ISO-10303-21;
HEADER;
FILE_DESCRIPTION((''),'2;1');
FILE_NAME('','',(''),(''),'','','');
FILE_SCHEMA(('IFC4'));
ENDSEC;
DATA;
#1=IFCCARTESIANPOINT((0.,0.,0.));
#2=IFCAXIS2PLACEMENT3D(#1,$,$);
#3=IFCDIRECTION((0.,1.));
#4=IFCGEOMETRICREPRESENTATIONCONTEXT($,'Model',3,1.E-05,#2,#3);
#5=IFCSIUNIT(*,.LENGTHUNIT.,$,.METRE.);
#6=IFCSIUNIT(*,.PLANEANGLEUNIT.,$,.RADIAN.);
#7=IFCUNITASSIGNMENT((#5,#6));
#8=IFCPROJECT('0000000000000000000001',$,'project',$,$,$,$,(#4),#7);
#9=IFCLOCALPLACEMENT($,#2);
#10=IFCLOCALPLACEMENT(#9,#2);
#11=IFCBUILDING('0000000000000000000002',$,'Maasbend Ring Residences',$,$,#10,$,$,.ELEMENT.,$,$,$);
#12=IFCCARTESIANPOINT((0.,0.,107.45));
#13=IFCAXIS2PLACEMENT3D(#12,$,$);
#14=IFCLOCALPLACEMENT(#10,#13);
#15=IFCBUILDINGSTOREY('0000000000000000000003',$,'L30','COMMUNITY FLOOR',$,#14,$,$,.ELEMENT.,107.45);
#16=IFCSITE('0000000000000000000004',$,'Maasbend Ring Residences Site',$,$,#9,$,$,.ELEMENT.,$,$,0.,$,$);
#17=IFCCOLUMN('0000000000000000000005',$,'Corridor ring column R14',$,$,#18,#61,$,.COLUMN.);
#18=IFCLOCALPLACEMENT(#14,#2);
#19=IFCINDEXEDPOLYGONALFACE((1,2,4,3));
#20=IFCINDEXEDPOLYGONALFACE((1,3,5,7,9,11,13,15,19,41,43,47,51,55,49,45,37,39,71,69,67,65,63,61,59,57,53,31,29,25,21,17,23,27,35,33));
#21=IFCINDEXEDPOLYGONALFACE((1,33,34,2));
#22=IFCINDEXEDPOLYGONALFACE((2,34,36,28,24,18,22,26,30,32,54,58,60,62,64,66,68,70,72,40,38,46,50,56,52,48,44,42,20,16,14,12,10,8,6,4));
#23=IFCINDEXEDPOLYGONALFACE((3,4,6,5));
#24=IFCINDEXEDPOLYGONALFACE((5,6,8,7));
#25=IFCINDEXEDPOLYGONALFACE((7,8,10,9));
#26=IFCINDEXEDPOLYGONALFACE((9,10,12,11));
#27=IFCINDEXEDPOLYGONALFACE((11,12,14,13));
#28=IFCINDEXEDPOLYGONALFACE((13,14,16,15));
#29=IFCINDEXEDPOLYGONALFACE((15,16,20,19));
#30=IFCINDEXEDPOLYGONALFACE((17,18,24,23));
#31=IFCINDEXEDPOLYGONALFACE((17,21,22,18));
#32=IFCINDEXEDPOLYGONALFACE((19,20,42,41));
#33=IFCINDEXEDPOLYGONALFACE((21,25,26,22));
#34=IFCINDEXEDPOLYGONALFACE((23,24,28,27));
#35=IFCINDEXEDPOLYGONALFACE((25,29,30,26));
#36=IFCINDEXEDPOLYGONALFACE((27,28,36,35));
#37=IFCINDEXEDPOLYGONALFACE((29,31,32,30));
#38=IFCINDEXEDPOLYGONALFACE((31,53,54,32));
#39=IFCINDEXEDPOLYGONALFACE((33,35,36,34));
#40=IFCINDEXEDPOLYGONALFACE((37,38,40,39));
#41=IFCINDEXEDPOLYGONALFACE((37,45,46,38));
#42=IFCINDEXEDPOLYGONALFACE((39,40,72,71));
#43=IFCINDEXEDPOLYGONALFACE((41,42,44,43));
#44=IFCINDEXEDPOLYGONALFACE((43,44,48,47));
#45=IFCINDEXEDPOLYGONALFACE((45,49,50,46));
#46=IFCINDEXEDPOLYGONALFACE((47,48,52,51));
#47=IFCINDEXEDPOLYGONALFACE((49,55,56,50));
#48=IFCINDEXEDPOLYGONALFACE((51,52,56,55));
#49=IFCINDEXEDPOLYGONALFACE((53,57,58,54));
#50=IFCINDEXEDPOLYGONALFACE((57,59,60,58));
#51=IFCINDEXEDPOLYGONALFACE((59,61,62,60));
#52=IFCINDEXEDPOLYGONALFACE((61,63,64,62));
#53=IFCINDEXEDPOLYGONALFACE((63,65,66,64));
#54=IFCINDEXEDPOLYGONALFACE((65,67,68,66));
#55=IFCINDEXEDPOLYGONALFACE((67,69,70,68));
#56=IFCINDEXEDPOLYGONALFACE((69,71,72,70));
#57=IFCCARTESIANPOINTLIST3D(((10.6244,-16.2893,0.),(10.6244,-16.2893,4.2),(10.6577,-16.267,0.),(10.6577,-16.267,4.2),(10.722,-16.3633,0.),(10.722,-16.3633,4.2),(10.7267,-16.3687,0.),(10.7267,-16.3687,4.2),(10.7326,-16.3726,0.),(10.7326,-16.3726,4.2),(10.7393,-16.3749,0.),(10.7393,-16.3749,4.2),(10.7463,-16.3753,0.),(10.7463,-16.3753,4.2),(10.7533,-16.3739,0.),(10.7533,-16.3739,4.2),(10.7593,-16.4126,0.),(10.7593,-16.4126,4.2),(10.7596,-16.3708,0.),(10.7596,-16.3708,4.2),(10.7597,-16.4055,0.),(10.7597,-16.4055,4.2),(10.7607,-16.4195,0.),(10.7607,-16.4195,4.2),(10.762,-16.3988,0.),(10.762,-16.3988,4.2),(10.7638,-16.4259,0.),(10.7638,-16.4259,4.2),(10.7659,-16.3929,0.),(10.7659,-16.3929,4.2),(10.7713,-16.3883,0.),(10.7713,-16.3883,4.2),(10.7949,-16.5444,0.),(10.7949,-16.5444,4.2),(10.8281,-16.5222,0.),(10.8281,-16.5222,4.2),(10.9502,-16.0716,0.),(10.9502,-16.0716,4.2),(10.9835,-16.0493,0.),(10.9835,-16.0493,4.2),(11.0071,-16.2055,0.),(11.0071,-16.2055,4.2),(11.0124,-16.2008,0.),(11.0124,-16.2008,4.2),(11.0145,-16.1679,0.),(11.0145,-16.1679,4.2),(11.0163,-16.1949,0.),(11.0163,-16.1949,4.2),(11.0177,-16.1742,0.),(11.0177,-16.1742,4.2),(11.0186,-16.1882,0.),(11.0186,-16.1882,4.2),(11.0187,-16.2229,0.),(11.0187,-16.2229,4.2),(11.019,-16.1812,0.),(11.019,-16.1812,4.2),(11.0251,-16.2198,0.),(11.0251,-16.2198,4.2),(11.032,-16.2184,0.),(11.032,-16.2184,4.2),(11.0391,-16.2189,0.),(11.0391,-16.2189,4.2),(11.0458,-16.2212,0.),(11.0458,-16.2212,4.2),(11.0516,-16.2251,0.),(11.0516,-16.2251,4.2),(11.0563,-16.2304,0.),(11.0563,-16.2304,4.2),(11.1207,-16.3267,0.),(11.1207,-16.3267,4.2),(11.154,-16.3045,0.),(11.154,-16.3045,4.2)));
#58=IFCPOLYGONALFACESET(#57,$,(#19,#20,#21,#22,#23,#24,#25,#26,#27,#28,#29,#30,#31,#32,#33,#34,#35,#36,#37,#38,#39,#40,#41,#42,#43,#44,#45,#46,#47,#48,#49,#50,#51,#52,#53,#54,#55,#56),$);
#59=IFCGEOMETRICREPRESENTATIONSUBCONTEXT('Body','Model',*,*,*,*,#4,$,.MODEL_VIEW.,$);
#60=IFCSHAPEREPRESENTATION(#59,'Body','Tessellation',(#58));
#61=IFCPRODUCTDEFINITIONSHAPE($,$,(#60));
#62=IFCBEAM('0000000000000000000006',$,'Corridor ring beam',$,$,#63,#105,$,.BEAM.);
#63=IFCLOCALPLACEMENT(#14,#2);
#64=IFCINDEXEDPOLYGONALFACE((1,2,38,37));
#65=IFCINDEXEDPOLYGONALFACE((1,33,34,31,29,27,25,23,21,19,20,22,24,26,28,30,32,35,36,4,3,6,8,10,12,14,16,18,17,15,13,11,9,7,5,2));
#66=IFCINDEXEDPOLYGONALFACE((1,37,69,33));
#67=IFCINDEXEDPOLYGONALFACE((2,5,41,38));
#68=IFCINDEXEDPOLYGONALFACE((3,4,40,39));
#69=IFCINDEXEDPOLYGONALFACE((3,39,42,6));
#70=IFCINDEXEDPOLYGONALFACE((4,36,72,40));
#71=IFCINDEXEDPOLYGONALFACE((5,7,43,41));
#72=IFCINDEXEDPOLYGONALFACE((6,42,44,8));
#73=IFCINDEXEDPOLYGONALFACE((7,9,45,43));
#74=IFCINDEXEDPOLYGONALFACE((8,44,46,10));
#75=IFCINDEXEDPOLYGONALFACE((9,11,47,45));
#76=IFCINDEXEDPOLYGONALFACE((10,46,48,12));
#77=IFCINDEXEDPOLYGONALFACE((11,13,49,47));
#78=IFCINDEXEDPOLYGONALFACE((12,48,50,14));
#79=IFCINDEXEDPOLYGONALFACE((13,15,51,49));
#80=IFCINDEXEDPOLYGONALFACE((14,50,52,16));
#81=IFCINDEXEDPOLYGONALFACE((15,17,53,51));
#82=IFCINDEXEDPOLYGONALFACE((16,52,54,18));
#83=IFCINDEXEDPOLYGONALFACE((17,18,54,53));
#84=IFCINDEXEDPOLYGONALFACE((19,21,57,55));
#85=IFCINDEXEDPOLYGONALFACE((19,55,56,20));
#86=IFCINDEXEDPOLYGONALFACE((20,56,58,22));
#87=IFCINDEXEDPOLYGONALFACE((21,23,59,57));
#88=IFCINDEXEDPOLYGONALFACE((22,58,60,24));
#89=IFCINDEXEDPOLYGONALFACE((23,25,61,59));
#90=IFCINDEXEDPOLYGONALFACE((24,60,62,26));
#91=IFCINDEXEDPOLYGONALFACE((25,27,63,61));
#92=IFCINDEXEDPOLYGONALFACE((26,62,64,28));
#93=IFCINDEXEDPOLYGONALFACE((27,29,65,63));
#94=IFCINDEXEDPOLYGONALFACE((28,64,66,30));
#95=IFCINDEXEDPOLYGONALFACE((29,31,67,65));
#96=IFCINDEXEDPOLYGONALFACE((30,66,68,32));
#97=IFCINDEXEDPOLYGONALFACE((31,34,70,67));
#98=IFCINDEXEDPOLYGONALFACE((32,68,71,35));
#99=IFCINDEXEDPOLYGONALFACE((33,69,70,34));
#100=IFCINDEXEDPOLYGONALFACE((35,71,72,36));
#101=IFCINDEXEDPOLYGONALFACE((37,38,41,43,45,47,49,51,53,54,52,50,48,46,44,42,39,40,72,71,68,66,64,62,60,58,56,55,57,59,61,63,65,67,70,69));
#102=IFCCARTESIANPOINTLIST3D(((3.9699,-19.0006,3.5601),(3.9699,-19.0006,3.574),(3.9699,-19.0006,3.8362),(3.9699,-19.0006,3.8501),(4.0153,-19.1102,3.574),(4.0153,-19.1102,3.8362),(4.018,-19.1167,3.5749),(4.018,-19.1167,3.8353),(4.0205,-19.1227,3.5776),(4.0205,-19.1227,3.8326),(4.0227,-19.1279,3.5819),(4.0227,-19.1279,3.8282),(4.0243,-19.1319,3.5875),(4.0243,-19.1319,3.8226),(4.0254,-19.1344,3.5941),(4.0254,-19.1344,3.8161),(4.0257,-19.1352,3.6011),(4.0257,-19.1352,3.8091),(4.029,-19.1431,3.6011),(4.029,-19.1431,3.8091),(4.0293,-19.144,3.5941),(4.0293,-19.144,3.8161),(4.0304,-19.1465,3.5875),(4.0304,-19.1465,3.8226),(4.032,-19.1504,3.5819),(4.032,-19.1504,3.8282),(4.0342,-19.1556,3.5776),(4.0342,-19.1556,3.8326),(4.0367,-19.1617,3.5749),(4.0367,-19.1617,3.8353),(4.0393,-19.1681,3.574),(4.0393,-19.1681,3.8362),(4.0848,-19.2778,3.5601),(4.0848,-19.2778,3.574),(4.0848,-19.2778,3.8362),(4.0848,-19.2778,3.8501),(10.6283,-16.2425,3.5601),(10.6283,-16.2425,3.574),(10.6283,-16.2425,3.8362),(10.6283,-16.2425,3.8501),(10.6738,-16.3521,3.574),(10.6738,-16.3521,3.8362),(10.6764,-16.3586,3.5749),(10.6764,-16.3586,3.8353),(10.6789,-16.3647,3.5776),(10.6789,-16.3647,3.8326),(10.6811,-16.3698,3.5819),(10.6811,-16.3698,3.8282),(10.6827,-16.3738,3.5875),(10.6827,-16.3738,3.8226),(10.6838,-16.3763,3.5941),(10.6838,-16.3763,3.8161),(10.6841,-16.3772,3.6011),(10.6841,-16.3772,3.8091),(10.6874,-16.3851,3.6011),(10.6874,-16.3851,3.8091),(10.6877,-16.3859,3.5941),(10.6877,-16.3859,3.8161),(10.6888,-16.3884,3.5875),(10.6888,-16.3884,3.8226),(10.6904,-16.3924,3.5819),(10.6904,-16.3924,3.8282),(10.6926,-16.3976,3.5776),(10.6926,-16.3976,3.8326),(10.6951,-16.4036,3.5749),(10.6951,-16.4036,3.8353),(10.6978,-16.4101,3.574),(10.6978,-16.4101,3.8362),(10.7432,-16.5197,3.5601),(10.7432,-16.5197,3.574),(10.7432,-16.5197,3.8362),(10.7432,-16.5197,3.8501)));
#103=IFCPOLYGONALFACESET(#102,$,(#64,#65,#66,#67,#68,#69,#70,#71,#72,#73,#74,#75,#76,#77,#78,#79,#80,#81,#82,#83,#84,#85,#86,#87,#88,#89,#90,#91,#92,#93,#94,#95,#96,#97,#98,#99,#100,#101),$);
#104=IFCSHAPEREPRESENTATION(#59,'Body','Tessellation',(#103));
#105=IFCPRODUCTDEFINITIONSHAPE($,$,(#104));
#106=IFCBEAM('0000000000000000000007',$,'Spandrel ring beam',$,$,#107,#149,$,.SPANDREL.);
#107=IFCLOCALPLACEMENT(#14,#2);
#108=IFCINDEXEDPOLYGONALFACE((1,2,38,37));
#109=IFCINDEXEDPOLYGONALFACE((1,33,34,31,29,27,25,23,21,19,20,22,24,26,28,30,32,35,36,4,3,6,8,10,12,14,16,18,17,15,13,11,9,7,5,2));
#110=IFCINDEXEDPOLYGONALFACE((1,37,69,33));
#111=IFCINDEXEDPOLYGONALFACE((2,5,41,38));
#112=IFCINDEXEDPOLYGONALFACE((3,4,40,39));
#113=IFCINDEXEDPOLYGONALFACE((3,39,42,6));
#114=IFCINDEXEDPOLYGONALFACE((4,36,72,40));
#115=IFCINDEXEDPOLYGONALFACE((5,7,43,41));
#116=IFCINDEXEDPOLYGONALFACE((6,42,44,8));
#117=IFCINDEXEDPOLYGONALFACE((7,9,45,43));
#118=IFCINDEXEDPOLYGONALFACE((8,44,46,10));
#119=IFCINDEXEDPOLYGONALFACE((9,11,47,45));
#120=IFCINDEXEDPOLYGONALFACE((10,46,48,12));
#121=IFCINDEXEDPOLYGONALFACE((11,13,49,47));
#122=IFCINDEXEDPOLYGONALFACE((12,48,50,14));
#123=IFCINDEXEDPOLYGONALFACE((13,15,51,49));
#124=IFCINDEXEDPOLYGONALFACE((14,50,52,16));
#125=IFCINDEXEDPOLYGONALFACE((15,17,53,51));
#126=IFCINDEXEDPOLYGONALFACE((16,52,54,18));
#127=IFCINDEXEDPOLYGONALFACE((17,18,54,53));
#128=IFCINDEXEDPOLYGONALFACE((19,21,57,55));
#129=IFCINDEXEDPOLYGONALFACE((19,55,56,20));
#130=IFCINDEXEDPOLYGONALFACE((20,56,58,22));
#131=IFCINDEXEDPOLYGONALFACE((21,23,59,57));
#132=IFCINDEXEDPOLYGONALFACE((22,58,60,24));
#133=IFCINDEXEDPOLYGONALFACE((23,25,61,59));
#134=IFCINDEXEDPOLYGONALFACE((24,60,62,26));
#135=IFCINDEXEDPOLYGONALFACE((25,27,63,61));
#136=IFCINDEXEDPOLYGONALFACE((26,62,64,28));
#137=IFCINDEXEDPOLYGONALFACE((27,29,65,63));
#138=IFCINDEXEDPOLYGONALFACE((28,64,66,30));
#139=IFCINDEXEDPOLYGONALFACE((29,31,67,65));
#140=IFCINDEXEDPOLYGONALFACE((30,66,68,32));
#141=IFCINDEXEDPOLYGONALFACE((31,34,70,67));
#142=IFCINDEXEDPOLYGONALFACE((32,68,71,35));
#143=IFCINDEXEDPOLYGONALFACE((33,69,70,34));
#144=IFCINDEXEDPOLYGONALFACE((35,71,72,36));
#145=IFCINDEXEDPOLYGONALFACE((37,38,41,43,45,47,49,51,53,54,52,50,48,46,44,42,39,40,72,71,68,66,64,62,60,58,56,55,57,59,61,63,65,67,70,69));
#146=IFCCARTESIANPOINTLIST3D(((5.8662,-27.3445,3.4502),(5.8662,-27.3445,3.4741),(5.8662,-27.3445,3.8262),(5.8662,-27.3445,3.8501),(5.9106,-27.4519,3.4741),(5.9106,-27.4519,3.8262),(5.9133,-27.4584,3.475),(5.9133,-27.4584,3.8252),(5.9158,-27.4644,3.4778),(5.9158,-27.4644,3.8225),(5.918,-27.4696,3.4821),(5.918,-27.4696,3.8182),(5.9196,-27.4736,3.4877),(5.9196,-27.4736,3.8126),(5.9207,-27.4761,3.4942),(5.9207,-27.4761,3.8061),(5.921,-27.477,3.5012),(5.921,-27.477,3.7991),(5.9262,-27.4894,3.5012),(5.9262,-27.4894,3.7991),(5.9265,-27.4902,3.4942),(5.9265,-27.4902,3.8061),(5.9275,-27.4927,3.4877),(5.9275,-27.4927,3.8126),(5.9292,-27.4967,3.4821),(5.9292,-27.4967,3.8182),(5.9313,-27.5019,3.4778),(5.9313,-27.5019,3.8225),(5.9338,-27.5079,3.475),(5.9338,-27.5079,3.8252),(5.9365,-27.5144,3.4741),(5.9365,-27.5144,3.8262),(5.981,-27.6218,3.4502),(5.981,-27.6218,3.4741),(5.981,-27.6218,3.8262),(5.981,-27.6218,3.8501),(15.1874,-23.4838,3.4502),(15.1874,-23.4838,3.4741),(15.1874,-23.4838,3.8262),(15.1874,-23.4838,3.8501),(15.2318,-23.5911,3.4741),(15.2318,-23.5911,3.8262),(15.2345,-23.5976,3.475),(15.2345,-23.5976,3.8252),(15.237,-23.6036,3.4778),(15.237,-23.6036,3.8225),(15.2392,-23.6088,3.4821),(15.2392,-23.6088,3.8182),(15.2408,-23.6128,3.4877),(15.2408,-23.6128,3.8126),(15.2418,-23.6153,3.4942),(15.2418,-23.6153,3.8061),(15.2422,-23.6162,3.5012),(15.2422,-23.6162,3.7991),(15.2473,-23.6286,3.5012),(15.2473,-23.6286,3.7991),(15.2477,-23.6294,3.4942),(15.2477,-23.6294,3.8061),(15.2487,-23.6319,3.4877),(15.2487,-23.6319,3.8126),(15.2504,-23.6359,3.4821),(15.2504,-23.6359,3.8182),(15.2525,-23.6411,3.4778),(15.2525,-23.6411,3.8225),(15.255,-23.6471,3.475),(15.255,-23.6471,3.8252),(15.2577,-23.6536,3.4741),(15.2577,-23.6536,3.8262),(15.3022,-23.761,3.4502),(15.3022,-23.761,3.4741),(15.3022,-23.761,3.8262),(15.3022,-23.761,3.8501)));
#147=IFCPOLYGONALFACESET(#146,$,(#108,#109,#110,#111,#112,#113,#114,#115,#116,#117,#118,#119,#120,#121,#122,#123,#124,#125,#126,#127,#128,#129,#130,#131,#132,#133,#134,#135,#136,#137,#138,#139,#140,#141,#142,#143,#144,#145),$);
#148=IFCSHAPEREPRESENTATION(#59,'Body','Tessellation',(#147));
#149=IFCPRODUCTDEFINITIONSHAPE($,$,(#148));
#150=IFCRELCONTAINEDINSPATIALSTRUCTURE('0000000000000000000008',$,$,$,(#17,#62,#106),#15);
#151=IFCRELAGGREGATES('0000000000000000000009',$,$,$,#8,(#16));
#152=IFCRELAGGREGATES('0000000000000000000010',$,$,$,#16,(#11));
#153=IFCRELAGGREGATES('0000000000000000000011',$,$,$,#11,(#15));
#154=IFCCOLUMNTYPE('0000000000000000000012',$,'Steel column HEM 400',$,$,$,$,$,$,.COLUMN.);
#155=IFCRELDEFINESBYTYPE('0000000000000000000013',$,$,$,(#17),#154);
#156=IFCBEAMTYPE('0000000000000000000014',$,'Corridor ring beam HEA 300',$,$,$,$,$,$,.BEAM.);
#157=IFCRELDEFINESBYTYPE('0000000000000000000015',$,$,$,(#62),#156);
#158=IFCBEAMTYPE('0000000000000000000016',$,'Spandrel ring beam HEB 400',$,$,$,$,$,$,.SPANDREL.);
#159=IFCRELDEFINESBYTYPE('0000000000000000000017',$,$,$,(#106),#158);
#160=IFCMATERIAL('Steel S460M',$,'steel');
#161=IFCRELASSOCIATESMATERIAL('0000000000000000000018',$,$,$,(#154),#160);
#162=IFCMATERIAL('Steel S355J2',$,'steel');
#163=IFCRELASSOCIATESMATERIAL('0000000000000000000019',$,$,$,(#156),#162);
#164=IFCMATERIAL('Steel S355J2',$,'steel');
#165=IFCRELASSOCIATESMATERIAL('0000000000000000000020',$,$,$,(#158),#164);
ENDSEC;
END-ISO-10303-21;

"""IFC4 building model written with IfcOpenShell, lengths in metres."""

from ifc_helpers import new_model, si_unit, direction, frame, origin, origin_2d, place, context, subcontext, project, spatial, i_section, extrude, material, material_profile, profile_set, type_object, element, save


model = new_model("IFC4")

# Units and contexts
model_context = context("Model", 3, precision=1e-05, world=origin(), true_north=direction((0.0, 1.0)))
body_context = subcontext(model_context, "Body", "Model", "MODEL_VIEW")
ifc_project = project(units=[si_unit("LENGTHUNIT", "METRE"), si_unit("PLANEANGLEUNIT", "RADIAN")], contexts=[model_context])

# Site, building, storey
site_placement = place(None, origin())
site = spatial("IfcSite", under=ifc_project, at=site_placement, Name="Maasbend Ring Residences Site", CompositionType="ELEMENT", RefElevation=0.0)
building_placement = place(site_placement, origin())
building = spatial("IfcBuilding", under=site, at=building_placement, Name="Maasbend Ring Residences", CompositionType="ELEMENT")
storey_placement = place(building_placement, frame((0.0, 0.0, 107.45)))
storey = spatial("IfcBuildingStorey", under=building, at=storey_placement, Name="L30", Description="COMMUNITY FLOOR", CompositionType="ELEMENT", Elevation=107.45)

# Column
ifc_material_1 = material(Name="Steel S460M", Category="steel")
ifc_material_profile_1 = material_profile(ifc_material_1, i_section(OverallWidth=0.3069, OverallDepth=0.4319, WebThickness=0.021, FlangeThickness=0.04, FilletRadius=0.0271, at=origin_2d()), Name="HEM 400")
ifc_profile_set_1 = profile_set([ifc_material_profile_1], Name="Steel S460M")
column_type_1 = type_object("IfcColumnType", Name="Steel column HEM 400", PredefinedType="COLUMN", material=ifc_profile_set_1)
for number, where, z_axis, x_axis, name in (
    (1, (10.8892, -16.2969, 0.0), (0.0, 0.0, 1.0), (0.55557, -0.83147, 0.0), "Corridor ring column R14"),
):
    element("IfcColumn", number, at=place(storey_placement, frame(where, z_axis=z_axis, x_axis=x_axis)), inside=storey, type_object=column_type_1, Name=name, PredefinedType="COLUMN", context=body_context, shape_type="SweptSolid", body=[
        extrude(i_section(OverallWidth=0.3069, OverallDepth=0.4319, WebThickness=0.021, FlangeThickness=0.04, FilletRadius=0.0271, at=origin_2d()), origin(), (0.0, 0.0, 1.0), 4.2),
    ])

# Beams
ifc_material_2 = material(Name="Steel S355J2", Category="steel")
ifc_material_profile_2 = material_profile(ifc_material_2, i_section(OverallWidth=0.3, OverallDepth=0.29, WebThickness=0.0085, FlangeThickness=0.0139, FilletRadius=0.0271, at=origin_2d()), Name="HEA 300")
ifc_profile_set_2 = profile_set([ifc_material_profile_2], Name="Steel S355J2")
beam_type_1 = type_object("IfcBeamType", Name="Corridor ring beam HEA 300", PredefinedType="BEAM", material=ifc_profile_set_2)
beam_1_placement = place(storey_placement, frame((4.0273, -19.1392, 3.7051), z_axis=(0.923878, 0.382688, 0.0), x_axis=(-0.382688, 0.923878, 0.0)))
element("IfcBeam", 2, at=beam_1_placement, inside=storey, type_object=beam_type_1, Name="Corridor ring beam", PredefinedType="BEAM", context=body_context, shape_type="SweptSolid", body=[
    extrude(i_section(OverallWidth=0.3, OverallDepth=0.29, WebThickness=0.0085, FlangeThickness=0.0139, FilletRadius=0.0271, at=origin_2d()), origin(), (0.0, 0.0, 1.0), 7.207),
])
ifc_material_3 = material(Name="Steel S355J2", Category="steel")
ifc_material_profile_3 = material_profile(ifc_material_3, i_section(OverallWidth=0.3, OverallDepth=0.3999, WebThickness=0.0134, FlangeThickness=0.0239, FilletRadius=0.0271, at=origin_2d()), Name="HEB 400")
ifc_profile_set_3 = profile_set([ifc_material_profile_3], Name="Steel S355J2")
beam_type_2 = type_object("IfcBeamType", Name="Spandrel ring beam HEB 400", PredefinedType="SPANDREL", material=ifc_profile_set_3)
beam_2_placement = place(storey_placement, frame((5.9236, -27.4832, 3.6501), z_axis=(0.923885, 0.38267, 0.0), x_axis=(-0.38267, 0.923885, 0.0)))
element("IfcBeam", 3, at=beam_2_placement, inside=storey, type_object=beam_type_2, Name="Spandrel ring beam", PredefinedType="SPANDREL", context=body_context, shape_type="SweptSolid", body=[
    extrude(i_section(OverallWidth=0.3, OverallDepth=0.3999, WebThickness=0.0134, FlangeThickness=0.0239, FilletRadius=0.0271, at=origin_2d()), origin(), (0.0, 0.0, 1.0), 10.0891),
])

save(model, "model.ifc")
